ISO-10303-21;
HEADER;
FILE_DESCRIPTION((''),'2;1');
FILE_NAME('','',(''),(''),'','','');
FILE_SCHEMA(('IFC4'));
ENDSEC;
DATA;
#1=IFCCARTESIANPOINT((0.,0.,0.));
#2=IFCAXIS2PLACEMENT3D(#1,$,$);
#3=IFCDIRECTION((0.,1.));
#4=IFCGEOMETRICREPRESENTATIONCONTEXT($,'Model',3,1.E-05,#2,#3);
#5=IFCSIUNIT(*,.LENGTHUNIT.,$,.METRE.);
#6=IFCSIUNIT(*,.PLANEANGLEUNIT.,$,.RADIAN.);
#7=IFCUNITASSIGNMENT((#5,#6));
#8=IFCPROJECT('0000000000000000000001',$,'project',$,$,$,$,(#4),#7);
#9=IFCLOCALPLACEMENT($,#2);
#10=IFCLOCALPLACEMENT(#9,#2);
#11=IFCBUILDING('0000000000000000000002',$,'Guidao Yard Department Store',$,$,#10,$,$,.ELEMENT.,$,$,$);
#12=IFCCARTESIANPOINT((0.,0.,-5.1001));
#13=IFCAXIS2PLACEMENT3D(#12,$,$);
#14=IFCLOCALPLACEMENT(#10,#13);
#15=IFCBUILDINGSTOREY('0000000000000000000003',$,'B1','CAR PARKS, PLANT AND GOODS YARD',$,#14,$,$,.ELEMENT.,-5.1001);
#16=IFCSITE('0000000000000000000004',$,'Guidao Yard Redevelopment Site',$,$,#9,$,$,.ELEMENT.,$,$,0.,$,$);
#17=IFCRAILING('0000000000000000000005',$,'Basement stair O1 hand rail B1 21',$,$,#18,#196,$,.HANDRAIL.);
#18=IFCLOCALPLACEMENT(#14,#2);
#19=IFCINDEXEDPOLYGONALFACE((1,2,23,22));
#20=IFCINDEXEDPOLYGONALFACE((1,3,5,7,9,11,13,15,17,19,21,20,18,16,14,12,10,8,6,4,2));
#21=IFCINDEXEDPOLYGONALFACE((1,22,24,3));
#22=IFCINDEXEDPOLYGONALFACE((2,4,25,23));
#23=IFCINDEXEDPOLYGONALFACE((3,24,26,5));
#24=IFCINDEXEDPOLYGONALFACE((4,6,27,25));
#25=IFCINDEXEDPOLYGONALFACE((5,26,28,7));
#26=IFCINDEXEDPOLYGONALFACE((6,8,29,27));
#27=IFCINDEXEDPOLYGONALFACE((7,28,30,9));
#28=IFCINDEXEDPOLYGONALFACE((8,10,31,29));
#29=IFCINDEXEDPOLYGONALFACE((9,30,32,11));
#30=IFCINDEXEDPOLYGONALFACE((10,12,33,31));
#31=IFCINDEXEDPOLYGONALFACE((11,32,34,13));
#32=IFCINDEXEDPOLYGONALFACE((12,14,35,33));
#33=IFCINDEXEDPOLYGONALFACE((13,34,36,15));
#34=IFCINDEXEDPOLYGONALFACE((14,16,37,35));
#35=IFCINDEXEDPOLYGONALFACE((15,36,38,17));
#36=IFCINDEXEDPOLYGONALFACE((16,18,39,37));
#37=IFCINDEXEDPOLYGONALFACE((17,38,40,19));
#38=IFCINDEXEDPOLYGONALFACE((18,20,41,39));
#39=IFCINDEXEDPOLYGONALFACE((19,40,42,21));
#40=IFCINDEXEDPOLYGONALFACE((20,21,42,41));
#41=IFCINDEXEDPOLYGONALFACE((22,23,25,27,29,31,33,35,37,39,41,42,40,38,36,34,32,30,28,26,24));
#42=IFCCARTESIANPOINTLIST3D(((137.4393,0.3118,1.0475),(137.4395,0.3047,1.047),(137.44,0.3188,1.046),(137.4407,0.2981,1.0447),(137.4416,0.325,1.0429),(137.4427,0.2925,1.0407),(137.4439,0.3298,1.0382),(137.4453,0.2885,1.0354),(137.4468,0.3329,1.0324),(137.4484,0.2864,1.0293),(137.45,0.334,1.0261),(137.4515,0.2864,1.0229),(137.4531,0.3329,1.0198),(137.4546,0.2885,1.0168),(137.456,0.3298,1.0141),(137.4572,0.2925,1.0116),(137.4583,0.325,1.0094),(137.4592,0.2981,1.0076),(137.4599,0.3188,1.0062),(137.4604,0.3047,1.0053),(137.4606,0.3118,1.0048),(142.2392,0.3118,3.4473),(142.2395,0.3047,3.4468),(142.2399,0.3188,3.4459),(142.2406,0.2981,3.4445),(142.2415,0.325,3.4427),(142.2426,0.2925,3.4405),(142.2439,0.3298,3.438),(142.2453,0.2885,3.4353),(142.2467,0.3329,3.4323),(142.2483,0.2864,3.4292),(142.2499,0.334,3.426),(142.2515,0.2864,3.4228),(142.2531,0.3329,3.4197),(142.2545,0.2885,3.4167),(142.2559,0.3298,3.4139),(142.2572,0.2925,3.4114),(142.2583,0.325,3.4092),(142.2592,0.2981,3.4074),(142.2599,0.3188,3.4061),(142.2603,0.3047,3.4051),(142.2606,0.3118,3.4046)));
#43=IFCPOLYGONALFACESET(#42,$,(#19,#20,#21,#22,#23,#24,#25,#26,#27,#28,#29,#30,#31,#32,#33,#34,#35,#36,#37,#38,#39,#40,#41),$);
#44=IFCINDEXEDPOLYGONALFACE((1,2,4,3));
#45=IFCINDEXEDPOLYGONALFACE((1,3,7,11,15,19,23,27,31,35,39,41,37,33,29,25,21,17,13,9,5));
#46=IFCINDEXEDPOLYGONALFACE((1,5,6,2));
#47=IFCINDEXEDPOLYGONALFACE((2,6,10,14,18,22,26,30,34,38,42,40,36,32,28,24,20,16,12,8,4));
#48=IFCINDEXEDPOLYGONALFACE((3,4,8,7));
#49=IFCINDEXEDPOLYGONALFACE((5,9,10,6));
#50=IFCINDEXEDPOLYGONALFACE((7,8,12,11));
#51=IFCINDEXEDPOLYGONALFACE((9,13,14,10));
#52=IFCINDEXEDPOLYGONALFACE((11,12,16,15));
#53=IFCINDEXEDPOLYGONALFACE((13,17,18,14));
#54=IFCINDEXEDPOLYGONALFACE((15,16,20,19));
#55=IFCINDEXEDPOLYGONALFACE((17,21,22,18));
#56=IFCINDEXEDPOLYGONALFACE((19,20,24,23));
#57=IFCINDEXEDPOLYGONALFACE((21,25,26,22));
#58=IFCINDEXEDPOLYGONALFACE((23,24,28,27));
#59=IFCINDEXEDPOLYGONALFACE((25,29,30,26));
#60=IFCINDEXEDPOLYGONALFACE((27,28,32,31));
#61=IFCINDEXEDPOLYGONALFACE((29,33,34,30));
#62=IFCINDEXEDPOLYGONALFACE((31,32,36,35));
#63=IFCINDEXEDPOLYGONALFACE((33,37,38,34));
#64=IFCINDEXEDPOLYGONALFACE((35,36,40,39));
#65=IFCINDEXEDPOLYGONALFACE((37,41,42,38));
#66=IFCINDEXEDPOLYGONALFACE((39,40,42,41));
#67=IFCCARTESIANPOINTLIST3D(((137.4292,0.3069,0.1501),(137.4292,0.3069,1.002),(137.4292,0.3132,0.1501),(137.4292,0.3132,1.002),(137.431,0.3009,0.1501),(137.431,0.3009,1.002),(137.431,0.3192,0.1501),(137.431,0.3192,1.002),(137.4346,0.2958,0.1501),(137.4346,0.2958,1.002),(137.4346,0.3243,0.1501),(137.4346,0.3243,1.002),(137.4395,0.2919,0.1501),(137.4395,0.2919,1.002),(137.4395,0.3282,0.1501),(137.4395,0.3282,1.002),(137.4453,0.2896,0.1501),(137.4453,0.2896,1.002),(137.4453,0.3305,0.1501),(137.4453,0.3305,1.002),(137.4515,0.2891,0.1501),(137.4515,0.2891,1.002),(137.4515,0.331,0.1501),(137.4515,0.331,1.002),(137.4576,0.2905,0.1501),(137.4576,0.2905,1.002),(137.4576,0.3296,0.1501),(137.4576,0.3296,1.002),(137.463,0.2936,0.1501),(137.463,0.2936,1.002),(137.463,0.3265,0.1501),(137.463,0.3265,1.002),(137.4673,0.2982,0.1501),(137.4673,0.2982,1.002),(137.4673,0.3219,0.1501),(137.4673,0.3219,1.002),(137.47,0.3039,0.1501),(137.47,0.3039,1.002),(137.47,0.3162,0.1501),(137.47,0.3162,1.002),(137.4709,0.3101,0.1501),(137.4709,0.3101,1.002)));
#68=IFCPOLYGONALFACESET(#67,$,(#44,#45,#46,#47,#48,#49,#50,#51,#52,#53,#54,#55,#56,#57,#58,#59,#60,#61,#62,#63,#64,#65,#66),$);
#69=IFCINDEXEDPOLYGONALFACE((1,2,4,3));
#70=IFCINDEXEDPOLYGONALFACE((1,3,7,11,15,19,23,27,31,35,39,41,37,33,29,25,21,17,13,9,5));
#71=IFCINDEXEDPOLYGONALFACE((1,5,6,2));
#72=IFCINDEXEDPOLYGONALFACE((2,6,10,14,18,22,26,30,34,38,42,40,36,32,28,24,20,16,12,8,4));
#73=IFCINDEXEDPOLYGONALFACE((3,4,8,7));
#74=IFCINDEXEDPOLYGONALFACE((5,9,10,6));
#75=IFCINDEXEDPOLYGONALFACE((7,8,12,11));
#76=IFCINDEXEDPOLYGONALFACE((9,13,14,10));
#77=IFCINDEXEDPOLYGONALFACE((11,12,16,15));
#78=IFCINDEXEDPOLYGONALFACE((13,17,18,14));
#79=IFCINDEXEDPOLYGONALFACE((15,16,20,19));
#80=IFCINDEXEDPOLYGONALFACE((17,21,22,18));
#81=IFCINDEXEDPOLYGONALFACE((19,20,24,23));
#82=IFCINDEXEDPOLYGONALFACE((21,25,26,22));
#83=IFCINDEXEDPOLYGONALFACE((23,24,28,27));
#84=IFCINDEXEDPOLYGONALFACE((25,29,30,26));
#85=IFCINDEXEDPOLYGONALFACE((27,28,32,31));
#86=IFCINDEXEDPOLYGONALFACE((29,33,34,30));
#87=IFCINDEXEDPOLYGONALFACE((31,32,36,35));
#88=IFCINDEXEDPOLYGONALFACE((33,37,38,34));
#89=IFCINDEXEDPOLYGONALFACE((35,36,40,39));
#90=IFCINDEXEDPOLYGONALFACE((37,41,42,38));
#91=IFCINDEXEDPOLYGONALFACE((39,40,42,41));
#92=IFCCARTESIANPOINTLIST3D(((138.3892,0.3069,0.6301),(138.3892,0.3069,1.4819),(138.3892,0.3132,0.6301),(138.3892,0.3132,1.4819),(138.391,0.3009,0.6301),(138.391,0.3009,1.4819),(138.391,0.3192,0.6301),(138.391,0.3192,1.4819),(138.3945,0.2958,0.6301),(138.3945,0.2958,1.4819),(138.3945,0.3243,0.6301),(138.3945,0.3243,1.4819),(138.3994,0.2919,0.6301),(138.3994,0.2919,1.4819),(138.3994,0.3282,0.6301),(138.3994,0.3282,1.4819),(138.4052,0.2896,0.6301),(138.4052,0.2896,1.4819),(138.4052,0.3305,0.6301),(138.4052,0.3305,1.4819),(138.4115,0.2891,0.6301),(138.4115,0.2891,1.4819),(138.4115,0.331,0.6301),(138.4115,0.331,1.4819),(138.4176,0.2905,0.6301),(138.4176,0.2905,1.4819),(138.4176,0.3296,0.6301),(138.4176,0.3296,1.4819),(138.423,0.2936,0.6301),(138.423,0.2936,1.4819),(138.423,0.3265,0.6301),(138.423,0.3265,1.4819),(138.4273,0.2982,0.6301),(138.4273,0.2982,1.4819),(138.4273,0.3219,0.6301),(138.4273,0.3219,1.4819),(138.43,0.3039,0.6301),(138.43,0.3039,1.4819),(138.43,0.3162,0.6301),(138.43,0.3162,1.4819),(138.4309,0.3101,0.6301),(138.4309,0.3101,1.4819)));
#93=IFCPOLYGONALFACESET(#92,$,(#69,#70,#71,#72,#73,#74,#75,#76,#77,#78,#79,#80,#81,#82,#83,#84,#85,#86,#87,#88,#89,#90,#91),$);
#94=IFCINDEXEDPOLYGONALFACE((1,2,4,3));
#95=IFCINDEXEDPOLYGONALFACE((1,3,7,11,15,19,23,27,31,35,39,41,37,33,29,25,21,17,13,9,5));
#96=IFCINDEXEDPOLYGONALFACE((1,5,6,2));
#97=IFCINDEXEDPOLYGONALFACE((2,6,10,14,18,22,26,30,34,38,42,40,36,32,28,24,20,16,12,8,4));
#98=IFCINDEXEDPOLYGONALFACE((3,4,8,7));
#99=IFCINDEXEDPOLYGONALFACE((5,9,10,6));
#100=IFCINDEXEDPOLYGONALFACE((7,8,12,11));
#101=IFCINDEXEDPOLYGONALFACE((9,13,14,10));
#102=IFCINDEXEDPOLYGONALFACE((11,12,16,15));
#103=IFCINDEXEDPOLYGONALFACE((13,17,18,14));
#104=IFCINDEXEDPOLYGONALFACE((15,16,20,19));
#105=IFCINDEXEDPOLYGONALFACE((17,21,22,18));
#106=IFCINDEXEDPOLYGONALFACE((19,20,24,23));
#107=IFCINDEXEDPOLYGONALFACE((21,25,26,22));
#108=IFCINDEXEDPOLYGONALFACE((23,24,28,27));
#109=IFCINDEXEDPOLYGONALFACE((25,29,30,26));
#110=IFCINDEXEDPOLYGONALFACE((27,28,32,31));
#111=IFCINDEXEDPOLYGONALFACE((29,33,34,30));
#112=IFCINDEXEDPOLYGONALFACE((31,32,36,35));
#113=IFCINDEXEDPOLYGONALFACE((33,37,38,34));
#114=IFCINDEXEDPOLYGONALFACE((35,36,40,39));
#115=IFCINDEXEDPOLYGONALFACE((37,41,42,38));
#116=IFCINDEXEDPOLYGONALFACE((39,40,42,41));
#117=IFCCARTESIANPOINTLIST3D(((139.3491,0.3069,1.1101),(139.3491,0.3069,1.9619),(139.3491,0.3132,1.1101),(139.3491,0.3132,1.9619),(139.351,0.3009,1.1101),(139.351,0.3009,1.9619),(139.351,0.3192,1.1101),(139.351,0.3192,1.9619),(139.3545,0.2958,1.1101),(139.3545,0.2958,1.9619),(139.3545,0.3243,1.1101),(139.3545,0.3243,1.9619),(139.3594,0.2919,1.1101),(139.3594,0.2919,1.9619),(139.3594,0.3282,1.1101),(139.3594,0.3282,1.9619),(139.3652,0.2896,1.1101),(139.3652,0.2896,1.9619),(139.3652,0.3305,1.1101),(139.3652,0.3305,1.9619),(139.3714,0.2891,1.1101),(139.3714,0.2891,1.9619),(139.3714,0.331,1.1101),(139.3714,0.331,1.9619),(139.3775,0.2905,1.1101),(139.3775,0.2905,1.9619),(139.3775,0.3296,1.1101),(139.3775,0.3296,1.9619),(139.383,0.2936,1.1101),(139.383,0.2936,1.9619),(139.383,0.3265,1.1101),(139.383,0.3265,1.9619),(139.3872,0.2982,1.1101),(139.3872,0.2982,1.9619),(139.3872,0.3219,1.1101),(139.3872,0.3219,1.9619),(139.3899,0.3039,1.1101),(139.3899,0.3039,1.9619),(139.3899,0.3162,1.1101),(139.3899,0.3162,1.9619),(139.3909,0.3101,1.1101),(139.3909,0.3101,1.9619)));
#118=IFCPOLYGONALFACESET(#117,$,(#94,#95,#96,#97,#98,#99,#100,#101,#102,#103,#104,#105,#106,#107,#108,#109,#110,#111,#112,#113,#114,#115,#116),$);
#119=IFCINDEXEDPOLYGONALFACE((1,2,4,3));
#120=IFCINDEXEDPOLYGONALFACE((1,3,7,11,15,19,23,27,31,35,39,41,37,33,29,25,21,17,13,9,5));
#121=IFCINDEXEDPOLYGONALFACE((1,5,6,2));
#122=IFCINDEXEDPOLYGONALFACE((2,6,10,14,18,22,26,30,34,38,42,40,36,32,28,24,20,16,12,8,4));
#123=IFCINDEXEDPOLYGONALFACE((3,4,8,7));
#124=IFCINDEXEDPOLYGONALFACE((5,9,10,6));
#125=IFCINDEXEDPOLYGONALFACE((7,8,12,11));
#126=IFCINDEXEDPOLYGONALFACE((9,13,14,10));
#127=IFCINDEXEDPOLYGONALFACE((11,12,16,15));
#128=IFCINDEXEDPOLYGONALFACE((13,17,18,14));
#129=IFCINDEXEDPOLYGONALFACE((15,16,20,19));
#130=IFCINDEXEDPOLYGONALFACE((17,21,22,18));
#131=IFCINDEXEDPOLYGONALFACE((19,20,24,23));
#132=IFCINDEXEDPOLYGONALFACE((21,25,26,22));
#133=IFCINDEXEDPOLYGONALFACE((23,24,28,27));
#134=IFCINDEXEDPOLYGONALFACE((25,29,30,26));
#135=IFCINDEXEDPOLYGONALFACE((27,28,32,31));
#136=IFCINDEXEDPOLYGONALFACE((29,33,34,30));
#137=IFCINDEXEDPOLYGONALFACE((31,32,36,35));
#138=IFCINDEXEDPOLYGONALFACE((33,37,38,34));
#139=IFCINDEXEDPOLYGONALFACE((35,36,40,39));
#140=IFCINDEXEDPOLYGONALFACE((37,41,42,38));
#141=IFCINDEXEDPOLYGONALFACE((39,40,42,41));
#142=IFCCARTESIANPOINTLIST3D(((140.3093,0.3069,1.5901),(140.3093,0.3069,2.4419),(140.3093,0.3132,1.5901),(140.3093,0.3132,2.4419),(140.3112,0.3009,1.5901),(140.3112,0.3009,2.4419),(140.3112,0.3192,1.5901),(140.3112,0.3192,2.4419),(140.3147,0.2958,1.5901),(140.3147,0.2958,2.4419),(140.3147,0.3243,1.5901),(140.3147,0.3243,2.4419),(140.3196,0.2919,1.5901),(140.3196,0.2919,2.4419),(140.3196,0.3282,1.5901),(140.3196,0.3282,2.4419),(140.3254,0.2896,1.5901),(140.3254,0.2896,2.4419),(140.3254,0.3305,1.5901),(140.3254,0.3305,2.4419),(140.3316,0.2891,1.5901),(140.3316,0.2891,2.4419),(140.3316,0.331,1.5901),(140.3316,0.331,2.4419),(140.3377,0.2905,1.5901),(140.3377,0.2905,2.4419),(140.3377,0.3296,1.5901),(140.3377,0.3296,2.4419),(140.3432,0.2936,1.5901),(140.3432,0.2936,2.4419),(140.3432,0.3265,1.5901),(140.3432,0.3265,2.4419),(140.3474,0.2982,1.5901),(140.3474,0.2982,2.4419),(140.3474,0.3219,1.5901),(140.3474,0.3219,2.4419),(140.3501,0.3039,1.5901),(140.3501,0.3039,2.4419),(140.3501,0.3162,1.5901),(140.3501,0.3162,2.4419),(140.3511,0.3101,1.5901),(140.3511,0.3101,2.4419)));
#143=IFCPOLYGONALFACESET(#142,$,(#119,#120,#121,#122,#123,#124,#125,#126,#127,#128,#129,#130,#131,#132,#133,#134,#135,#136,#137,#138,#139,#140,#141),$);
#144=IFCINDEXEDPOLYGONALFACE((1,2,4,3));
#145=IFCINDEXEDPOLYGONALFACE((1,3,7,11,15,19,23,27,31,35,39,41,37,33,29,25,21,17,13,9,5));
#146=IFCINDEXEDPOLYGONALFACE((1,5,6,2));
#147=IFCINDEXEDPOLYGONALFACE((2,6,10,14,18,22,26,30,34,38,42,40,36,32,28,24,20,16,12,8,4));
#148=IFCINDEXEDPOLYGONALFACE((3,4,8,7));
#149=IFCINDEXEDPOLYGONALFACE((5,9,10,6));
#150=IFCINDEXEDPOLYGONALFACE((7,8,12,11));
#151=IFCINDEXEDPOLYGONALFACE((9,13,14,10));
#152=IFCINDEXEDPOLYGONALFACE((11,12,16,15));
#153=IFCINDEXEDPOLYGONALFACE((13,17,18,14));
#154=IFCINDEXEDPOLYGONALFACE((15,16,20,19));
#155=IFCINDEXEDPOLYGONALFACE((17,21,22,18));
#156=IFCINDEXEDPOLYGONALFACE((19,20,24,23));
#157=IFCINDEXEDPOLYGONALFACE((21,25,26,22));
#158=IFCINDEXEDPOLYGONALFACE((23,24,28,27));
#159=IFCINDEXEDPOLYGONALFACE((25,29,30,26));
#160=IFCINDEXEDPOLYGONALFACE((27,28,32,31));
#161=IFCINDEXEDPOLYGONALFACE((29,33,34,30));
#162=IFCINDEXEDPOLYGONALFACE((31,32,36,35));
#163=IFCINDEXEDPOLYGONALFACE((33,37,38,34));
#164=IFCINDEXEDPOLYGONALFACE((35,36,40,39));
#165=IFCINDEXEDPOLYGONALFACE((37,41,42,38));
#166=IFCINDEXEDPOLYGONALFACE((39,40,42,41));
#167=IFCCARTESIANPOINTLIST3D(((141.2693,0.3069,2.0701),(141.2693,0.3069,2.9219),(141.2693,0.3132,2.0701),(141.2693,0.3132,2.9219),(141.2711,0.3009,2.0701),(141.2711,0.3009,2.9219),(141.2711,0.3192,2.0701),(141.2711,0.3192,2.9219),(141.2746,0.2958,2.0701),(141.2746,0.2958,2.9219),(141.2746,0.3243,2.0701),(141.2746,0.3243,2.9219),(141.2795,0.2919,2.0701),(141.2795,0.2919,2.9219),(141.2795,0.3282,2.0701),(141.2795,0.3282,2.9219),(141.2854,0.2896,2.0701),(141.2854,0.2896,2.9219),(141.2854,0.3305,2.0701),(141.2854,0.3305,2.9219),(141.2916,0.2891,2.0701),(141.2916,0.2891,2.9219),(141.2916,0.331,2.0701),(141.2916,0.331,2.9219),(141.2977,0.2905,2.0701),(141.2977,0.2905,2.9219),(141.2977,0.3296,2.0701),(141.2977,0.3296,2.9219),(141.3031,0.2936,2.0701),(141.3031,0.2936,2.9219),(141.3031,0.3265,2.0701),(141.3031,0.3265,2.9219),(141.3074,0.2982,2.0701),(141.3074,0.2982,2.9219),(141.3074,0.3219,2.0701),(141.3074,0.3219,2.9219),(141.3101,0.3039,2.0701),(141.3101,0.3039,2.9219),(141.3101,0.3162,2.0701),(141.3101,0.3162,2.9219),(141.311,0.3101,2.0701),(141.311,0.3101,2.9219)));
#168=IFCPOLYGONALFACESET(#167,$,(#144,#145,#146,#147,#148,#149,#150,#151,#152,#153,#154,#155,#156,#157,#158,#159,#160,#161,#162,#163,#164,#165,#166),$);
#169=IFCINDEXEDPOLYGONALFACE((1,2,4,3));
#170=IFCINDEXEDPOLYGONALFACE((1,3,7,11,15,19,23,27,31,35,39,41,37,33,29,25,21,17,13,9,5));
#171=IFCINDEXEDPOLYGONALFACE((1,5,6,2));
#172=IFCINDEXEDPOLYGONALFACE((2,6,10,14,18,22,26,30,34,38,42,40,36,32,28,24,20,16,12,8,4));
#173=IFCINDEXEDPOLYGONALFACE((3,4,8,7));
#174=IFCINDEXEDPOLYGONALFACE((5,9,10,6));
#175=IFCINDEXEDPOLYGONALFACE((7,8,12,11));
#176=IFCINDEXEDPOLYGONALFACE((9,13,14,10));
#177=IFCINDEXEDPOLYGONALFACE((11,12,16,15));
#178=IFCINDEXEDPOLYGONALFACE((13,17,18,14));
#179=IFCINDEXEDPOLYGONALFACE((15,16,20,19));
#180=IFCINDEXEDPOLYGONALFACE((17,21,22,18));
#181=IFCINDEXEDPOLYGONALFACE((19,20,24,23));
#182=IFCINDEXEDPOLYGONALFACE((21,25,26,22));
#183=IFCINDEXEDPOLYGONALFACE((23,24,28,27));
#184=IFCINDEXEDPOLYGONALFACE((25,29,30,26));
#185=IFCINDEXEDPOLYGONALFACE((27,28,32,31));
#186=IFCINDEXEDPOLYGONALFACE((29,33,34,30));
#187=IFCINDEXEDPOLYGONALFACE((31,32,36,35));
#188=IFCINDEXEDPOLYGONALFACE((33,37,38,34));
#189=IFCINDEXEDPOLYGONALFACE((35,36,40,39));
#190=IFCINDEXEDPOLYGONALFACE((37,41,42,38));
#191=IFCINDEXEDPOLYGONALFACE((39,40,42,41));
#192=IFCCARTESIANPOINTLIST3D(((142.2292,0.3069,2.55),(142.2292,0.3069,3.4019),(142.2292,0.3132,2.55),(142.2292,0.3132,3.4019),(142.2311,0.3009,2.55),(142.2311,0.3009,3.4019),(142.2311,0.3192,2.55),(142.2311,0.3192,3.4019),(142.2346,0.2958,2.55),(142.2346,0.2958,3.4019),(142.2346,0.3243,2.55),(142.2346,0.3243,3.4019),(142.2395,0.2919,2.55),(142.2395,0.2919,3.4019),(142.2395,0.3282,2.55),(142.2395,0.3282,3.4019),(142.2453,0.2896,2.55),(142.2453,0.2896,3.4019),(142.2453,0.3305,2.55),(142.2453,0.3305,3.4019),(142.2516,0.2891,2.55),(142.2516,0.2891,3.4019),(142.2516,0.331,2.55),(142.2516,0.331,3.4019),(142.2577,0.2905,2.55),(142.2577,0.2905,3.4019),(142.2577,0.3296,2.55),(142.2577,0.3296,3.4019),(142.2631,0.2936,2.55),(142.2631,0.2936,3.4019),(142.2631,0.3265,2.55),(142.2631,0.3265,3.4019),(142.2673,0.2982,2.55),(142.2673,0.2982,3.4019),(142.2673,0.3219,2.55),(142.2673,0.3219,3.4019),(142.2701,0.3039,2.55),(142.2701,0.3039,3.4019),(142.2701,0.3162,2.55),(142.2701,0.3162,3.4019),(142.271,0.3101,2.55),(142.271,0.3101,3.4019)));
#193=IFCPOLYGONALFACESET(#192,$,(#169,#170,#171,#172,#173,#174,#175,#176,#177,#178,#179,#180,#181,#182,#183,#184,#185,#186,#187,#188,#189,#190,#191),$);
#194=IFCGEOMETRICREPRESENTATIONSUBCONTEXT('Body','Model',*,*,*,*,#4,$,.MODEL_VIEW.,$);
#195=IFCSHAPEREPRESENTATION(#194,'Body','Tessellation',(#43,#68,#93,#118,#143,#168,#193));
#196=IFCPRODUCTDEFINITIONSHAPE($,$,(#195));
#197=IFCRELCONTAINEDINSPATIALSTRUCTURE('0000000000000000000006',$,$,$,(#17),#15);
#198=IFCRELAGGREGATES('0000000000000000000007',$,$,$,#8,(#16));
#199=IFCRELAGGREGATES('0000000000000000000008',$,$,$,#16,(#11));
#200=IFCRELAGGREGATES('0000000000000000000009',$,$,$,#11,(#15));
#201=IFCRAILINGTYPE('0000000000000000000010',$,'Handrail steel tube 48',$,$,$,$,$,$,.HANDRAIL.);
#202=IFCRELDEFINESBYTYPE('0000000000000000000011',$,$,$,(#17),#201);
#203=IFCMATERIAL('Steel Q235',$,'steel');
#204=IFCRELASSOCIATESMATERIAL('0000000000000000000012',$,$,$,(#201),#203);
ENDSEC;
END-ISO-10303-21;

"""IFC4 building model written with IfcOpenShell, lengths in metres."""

from ifc_helpers import new_model, si_unit, direction, frame, origin, origin_2d, place, context, subcontext, project, spatial, circle, extrude, material, type_object, element, save


model = new_model("IFC4")

# Units and contexts
model_context = context("Model", 3, precision=1e-05, world=origin(), true_north=direction((0.0, 1.0)))
body_context = subcontext(model_context, "Body", "Model", "MODEL_VIEW")
ifc_project = project(units=[si_unit("LENGTHUNIT", "METRE"), si_unit("PLANEANGLEUNIT", "RADIAN")], contexts=[model_context])

# Site, building, storey
site_placement = place(None, origin())
site = spatial("IfcSite", under=ifc_project, at=site_placement, Name="Guidao Yard Redevelopment Site", CompositionType="ELEMENT", RefElevation=0.0)
building_placement = place(site_placement, origin())
building = spatial("IfcBuilding", under=site, at=building_placement, Name="Guidao Yard Department Store", CompositionType="ELEMENT")
storey_placement = place(building_placement, frame((0.0, 0.0, -5.1001)))
storey = spatial("IfcBuildingStorey", under=building, at=storey_placement, Name="B1", Description="CAR PARKS, PLANT AND GOODS YARD", CompositionType="ELEMENT", Elevation=-5.1001)

# Railing
ifc_material_1 = material(Name="Steel Q235", Category="steel")
railing_type_1 = type_object("IfcRailingType", Name="Handrail steel tube 48", PredefinedType="HANDRAIL", material=ifc_material_1)
for number, where, name in (
    (1, (137.45, 0.3101, 0.1501), "Basement stair O1 hand rail B1 21"),
):
    element("IfcRailing", number, at=place(storey_placement, frame(where)), inside=storey, type_object=railing_type_1, Name=name, PredefinedType="HANDRAIL", context=body_context, shape_type="SweptSolid", body=[
        extrude(circle(Radius=0.0239, at=origin_2d()), frame((0.0, 0.0, 0.876), z_axis=(0.894436, 0.0, 0.447195), x_axis=(0.0, 1.0, 0.0)), (0.0, 0.0, 1.0), 5.3665),
        extrude(circle(Radius=0.021, at=origin_2d()), origin(), (0.0, 0.0, 1.0), 0.8518),
        extrude(circle(Radius=0.021, at=origin_2d()), frame((0.96, 0.0, 0.48)), (0.0, 0.0, 1.0), 0.8518),
        extrude(circle(Radius=0.021, at=origin_2d()), frame((1.9199, 0.0, 0.96)), (0.0, 0.0, 1.0), 0.8518),
        extrude(circle(Radius=0.021, at=origin_2d()), frame((2.8801, 0.0, 1.4399)), (0.0, 0.0, 1.0), 0.8518),
        extrude(circle(Radius=0.021, at=origin_2d()), frame((3.8401, 0.0, 1.9199)), (0.0, 0.0, 1.0), 0.8518),
        extrude(circle(Radius=0.021, at=origin_2d()), frame((4.8, 0.0, 2.3999)), (0.0, 0.0, 1.0), 0.8518),
    ])

save(model, "model.ifc")
